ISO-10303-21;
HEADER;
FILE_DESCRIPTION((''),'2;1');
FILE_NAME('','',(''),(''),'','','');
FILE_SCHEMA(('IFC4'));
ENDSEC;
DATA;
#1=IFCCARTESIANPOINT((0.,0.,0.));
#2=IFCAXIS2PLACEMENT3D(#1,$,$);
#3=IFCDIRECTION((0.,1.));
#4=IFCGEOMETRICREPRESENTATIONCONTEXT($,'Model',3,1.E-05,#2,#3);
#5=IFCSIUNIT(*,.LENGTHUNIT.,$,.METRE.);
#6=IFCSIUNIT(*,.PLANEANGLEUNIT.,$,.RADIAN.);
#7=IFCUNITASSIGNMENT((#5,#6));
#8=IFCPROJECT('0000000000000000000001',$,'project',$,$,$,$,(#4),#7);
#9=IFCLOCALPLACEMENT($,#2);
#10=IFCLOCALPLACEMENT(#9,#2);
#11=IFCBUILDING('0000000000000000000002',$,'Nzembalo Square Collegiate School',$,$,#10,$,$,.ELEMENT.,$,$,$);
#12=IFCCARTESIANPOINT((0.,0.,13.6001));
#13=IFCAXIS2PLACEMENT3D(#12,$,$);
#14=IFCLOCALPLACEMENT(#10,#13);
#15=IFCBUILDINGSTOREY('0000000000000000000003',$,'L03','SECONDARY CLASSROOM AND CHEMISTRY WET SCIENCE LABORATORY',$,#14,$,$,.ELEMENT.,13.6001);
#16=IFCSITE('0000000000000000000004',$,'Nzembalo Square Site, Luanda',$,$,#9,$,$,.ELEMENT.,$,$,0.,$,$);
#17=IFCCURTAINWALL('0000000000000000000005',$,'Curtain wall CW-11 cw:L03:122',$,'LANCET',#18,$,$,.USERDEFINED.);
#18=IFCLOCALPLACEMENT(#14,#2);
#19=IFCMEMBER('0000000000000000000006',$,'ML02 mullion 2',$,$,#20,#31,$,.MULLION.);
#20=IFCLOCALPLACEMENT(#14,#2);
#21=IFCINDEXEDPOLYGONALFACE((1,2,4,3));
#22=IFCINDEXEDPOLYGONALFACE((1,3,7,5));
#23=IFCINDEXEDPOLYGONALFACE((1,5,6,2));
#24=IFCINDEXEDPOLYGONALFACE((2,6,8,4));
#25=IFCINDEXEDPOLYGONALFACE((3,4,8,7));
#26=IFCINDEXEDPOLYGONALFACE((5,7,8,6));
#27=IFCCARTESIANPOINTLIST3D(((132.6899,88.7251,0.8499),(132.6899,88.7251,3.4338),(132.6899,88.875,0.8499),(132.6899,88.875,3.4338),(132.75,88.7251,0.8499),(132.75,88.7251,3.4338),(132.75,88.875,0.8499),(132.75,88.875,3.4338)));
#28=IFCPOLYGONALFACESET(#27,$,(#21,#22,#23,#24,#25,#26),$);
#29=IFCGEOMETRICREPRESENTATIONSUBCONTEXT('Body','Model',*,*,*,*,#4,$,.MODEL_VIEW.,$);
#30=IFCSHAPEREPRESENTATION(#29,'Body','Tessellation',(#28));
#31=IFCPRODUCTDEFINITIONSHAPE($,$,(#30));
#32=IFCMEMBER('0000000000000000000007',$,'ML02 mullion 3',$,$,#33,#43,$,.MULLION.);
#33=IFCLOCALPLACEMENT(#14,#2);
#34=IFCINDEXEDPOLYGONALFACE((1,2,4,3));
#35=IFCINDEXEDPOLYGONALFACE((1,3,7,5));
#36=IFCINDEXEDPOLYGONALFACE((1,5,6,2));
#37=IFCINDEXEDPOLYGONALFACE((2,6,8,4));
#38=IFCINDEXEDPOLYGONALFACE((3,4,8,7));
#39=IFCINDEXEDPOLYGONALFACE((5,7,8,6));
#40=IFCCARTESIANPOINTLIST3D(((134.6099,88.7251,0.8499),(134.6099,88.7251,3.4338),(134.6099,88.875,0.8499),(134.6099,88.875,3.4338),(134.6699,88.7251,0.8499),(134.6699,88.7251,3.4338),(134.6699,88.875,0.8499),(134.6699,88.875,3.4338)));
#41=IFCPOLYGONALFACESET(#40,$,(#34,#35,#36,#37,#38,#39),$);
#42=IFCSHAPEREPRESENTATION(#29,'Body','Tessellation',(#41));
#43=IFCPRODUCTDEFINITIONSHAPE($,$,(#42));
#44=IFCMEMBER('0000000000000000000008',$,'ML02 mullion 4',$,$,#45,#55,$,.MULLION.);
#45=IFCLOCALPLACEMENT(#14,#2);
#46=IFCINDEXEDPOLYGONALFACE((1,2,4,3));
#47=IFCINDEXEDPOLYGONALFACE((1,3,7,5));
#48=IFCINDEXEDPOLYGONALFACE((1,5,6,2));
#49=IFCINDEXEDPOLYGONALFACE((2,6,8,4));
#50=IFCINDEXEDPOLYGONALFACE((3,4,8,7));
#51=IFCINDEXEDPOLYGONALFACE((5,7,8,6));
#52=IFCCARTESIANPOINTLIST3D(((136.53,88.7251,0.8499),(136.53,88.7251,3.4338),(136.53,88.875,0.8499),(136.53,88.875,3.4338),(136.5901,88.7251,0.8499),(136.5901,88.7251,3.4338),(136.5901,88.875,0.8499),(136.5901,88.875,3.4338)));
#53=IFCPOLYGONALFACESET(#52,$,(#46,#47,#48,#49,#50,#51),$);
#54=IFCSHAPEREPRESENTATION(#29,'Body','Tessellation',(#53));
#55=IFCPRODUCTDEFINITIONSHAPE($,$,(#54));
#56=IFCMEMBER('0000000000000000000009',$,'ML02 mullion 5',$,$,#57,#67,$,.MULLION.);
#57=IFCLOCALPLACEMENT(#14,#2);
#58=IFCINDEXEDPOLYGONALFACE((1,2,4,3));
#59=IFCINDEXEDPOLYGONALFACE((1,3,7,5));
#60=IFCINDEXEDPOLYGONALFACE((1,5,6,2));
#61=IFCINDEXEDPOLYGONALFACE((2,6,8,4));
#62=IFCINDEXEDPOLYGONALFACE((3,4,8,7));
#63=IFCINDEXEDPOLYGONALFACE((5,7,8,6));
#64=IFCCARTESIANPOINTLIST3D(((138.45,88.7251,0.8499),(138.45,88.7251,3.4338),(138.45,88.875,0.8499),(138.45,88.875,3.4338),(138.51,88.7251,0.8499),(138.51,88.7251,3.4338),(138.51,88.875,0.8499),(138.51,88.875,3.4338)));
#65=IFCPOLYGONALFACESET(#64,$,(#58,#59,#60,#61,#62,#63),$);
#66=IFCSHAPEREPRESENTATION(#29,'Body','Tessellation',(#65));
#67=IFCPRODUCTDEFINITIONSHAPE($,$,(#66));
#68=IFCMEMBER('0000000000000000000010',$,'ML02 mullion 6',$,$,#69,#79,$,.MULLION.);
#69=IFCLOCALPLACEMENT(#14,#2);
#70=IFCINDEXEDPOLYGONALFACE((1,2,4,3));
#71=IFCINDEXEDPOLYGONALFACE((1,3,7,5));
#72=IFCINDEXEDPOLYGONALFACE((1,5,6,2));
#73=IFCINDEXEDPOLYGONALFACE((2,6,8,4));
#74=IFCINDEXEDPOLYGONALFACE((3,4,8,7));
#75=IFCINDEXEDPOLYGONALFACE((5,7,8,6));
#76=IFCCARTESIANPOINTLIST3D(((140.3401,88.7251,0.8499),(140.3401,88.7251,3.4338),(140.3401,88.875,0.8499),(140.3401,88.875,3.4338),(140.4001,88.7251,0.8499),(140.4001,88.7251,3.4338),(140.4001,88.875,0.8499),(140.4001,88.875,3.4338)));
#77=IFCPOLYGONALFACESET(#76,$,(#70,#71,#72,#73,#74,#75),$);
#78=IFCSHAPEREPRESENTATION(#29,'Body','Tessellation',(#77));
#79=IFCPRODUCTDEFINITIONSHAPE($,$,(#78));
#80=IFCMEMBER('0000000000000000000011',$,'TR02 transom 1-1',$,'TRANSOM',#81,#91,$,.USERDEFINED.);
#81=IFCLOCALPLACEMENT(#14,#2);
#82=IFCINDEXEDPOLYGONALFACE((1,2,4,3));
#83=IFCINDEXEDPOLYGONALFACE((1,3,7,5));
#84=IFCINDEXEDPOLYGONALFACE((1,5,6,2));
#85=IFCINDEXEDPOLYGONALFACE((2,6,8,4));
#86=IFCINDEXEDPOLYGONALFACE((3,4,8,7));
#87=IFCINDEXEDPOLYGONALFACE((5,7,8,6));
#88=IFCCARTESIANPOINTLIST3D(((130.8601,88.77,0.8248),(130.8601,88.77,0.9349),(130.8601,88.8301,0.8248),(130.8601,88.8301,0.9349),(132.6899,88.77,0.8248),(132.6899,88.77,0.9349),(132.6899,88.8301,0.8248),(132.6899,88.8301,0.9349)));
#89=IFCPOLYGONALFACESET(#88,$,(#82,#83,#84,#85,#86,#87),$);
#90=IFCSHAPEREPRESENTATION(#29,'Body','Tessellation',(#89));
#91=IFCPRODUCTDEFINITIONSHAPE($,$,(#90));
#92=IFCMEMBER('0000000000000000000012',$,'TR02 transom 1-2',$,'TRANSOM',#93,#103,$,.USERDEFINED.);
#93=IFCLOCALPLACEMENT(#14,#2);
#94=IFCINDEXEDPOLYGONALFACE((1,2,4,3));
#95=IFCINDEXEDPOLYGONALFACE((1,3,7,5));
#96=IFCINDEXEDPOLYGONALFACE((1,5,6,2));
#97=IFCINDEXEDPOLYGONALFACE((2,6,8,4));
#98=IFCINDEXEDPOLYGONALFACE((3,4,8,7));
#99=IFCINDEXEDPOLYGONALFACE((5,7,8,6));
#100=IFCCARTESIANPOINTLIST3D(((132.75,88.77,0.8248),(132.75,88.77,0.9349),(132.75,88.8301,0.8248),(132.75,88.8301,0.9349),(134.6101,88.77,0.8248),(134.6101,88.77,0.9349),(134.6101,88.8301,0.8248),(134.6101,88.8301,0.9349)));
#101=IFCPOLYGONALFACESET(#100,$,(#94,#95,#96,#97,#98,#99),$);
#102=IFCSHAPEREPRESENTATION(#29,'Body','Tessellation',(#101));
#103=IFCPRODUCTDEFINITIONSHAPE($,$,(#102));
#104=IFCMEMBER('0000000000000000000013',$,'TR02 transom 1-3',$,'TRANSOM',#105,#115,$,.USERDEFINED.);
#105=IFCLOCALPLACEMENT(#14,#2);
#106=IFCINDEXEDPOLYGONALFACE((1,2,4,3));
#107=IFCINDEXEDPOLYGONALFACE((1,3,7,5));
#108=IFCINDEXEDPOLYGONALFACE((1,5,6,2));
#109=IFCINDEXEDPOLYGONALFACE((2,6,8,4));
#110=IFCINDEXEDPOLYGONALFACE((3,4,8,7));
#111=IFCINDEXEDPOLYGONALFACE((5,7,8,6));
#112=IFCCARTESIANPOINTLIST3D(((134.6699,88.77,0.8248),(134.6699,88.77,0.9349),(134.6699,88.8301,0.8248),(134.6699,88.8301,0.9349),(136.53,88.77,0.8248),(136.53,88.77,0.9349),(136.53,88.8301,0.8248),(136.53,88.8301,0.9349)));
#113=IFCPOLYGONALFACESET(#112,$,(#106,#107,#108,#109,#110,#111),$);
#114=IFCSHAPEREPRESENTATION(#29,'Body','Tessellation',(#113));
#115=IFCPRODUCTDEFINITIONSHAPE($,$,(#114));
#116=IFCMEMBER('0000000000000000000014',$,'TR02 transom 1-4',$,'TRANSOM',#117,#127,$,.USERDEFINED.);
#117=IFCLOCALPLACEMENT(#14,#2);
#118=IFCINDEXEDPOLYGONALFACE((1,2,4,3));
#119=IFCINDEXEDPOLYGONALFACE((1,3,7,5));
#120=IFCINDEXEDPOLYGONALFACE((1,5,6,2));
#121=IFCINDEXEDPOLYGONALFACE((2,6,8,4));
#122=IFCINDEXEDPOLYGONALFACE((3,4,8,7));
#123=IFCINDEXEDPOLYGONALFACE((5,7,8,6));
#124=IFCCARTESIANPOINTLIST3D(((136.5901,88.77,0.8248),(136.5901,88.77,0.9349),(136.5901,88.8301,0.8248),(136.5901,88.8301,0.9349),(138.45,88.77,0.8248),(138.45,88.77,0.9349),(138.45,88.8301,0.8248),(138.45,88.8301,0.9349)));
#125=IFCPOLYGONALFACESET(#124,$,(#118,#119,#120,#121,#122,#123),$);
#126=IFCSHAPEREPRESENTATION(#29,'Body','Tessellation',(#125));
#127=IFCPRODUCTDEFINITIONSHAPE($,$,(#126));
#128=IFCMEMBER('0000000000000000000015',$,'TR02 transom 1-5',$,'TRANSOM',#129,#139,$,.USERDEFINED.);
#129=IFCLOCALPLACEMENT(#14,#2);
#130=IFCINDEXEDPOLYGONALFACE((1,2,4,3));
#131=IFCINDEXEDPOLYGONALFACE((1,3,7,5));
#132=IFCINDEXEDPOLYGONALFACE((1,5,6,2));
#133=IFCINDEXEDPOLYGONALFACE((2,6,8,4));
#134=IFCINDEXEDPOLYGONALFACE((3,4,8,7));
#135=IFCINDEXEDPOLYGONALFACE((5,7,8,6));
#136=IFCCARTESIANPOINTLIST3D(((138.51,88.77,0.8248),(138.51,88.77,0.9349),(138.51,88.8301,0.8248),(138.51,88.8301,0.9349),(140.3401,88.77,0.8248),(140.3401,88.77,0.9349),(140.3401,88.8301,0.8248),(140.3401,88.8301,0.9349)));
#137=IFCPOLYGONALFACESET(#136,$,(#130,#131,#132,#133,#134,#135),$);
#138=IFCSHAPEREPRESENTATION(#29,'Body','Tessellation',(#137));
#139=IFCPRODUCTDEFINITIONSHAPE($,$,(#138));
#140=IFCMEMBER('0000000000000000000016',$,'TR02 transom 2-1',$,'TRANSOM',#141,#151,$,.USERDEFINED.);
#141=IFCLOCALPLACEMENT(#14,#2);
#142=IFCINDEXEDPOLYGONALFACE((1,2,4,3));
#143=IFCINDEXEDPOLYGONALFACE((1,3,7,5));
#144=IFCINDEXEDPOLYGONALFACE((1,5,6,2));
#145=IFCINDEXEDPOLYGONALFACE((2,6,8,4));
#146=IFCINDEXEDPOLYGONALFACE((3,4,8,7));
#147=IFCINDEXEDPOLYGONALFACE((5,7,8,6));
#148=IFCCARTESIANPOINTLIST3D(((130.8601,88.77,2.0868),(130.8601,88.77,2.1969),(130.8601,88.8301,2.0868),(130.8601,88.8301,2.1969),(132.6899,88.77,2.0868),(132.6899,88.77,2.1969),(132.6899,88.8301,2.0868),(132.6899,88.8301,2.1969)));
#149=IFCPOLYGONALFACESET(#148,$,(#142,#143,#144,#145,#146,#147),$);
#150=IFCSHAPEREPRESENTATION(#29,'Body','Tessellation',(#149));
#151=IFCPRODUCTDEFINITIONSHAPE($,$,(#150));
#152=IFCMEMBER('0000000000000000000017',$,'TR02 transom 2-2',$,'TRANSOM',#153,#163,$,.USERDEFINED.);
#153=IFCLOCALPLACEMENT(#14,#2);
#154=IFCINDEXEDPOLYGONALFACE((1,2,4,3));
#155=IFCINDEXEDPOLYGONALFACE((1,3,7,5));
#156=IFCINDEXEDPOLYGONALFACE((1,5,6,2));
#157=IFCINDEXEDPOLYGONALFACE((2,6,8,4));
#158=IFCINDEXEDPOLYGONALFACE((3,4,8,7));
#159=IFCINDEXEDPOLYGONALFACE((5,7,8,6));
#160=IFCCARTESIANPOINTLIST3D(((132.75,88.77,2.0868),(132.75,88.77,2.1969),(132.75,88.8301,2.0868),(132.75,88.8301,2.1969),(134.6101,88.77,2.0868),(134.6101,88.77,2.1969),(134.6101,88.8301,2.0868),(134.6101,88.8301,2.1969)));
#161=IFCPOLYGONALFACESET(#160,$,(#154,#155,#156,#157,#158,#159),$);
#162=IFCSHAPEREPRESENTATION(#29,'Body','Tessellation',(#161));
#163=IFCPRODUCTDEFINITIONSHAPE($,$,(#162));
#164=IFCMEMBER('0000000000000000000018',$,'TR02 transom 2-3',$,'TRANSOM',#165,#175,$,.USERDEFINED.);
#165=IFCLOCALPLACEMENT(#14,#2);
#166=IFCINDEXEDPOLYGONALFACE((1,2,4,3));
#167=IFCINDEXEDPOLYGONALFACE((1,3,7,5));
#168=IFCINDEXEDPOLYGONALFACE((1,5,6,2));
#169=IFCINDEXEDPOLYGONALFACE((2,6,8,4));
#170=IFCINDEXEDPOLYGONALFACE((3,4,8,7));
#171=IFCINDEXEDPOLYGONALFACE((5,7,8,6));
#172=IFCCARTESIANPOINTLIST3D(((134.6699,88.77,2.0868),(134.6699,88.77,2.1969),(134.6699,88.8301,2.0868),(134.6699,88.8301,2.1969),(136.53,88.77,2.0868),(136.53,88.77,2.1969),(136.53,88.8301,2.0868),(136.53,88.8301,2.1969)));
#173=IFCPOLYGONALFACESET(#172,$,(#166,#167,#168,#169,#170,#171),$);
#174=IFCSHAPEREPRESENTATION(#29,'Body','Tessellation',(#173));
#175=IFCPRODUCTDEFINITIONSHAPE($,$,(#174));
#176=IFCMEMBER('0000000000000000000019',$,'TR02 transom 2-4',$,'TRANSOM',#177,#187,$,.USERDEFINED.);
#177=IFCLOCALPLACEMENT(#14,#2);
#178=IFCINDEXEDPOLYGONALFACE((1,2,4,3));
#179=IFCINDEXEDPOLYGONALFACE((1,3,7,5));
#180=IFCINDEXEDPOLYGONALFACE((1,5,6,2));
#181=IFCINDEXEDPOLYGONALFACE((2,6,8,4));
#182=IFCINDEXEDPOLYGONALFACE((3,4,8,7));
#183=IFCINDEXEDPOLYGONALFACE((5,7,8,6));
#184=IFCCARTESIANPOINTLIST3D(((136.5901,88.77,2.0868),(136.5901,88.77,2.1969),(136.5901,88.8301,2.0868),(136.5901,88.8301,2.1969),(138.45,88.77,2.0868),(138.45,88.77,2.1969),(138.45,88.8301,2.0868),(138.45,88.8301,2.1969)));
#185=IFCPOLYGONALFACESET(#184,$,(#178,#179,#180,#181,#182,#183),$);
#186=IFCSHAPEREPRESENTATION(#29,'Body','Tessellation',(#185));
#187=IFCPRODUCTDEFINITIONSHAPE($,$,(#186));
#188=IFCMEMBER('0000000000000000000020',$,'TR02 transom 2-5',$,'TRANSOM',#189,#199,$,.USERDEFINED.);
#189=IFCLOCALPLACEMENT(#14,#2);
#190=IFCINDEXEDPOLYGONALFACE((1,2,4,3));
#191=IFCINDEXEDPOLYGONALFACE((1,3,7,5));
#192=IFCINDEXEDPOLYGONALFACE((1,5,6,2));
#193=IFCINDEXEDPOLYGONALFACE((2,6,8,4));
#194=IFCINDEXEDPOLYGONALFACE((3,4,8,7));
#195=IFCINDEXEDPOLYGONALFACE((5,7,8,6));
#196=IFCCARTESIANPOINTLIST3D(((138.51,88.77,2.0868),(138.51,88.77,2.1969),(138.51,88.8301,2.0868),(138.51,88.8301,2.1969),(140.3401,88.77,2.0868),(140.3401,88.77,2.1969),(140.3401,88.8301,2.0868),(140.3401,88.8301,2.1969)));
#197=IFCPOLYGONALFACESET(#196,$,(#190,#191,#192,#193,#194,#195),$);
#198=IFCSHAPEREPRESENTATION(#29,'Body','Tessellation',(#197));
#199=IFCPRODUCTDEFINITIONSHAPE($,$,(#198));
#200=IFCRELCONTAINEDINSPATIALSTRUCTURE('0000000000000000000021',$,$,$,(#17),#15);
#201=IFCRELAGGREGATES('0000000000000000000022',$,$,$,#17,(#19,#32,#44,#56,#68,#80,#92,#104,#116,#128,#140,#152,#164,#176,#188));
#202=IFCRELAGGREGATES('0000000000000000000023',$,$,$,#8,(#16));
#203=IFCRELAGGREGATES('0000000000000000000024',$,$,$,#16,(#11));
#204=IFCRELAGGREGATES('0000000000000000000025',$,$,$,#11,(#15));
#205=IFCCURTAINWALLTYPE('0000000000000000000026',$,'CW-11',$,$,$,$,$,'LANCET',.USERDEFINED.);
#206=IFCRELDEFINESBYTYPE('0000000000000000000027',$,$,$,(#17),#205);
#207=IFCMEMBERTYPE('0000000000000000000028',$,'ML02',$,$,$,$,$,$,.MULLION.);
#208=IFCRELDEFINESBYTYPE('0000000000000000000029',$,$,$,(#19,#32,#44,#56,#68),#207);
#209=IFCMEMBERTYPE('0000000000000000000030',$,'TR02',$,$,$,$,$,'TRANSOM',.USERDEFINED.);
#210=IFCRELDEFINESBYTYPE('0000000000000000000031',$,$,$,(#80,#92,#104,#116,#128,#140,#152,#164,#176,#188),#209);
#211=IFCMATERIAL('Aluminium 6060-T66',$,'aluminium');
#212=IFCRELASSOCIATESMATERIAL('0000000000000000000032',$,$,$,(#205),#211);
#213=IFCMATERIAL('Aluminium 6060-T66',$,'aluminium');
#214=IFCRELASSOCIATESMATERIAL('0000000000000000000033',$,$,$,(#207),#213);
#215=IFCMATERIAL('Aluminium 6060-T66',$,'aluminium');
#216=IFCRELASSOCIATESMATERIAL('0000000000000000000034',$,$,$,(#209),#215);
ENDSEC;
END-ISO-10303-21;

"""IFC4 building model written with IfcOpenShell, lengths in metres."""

from ifc_helpers import new_model, si_unit, direction, frame, origin, origin_2d, place, context, subcontext, project, spatial, rectangle, extrude, material, material_profile, profile_set, type_object, element, aggregate, save


model = new_model("IFC4")

# Units and contexts
model_context = context("Model", 3, precision=1e-05, world=origin(), true_north=direction((0.0, 1.0)))
body_context = subcontext(model_context, "Body", "Model", "MODEL_VIEW")
ifc_project = project(units=[si_unit("LENGTHUNIT", "METRE"), si_unit("PLANEANGLEUNIT", "RADIAN")], contexts=[model_context])

# Site, building, storey
site_placement = place(None, origin())
site = spatial("IfcSite", under=ifc_project, at=site_placement, Name="Nzembalo Square Site, Luanda", CompositionType="ELEMENT", RefElevation=0.0)
building_placement = place(site_placement, origin())
building = spatial("IfcBuilding", under=site, at=building_placement, Name="Nzembalo Square Collegiate School", CompositionType="ELEMENT")
storey_placement = place(building_placement, frame((0.0, 0.0, 13.6001)))
storey = spatial("IfcBuildingStorey", under=building, at=storey_placement, Name="L03", Description="SECONDARY CLASSROOM AND CHEMISTRY WET SCIENCE LABORATORY", CompositionType="ELEMENT", Elevation=13.6001)

# Curtain wall, members
ifc_material_1 = material(Name="Aluminium 6060-T66", Category="aluminium")
curtain_wall_type = type_object("IfcCurtainWallType", Name="CW-11", ElementType="LANCET", PredefinedType="USERDEFINED", material=ifc_material_1)
curtain_wall_placement = place(storey_placement, origin())
curtain_wall = element("IfcCurtainWall", 1, at=curtain_wall_placement, inside=storey, type_object=curtain_wall_type, Name="Curtain wall CW-11 cw:L03:122", ObjectType="LANCET", PredefinedType="USERDEFINED")
ifc_material_2 = material(Name="Aluminium 6060-T66", Category="aluminium")
ifc_material_profile_1 = material_profile(ifc_material_2, rectangle(XDim=0.0601, YDim=0.1499, at=origin_2d()), Name="ALU M60x150")
ifc_profile_set_1 = profile_set([ifc_material_profile_1], Name="Aluminium 6060-T66")
member_type_1 = type_object("IfcMemberType", Name="ML02", PredefinedType="MULLION", material=ifc_profile_set_1)
member_1_placement = place(storey_placement, frame((132.72, 88.8, 0.8499), z_axis=(0.0, 0.0, 1.0), x_axis=(1.0, 0.0, 0.0)))
member_1 = element("IfcMember", 2, at=member_1_placement, type_object=member_type_1, Name="ML02 mullion 2", PredefinedType="MULLION", context=body_context, shape_type="SweptSolid", body=[
    extrude(rectangle(XDim=0.0601, YDim=0.1499, at=origin_2d()), origin(), (0.0, 0.0, 1.0), 2.584),
])
member_2_placement = place(storey_placement, frame((134.6399, 88.8, 0.8499), z_axis=(0.0, 0.0, 1.0), x_axis=(1.0, 0.0, 0.0)))
member_2 = element("IfcMember", 3, at=member_2_placement, type_object=member_type_1, Name="ML02 mullion 3", PredefinedType="MULLION", context=body_context, shape_type="SweptSolid", body=[
    extrude(rectangle(XDim=0.0601, YDim=0.1499, at=origin_2d()), origin(), (0.0, 0.0, 1.0), 2.584),
])
member_3_placement = place(storey_placement, frame((136.5601, 88.8, 0.8499), z_axis=(0.0, 0.0, 1.0), x_axis=(1.0, 0.0, 0.0)))
member_3 = element("IfcMember", 4, at=member_3_placement, type_object=member_type_1, Name="ML02 mullion 4", PredefinedType="MULLION", context=body_context, shape_type="SweptSolid", body=[
    extrude(rectangle(XDim=0.0601, YDim=0.1499, at=origin_2d()), origin(), (0.0, 0.0, 1.0), 2.584),
])
member_4_placement = place(storey_placement, frame((138.48, 88.8, 0.8499), z_axis=(0.0, 0.0, 1.0), x_axis=(1.0, 0.0, 0.0)))
member_4 = element("IfcMember", 5, at=member_4_placement, type_object=member_type_1, Name="ML02 mullion 5", PredefinedType="MULLION", context=body_context, shape_type="SweptSolid", body=[
    extrude(rectangle(XDim=0.0601, YDim=0.1499, at=origin_2d()), origin(), (0.0, 0.0, 1.0), 2.584),
])
member_5_placement = place(storey_placement, frame((140.3701, 88.8, 0.8499), z_axis=(0.0, 0.0, 1.0), x_axis=(1.0, 0.0, 0.0)))
member_5 = element("IfcMember", 6, at=member_5_placement, type_object=member_type_1, Name="ML02 mullion 6", PredefinedType="MULLION", context=body_context, shape_type="SweptSolid", body=[
    extrude(rectangle(XDim=0.0601, YDim=0.1499, at=origin_2d()), origin(), (0.0, 0.0, 1.0), 2.584),
])
ifc_material_3 = material(Name="Aluminium 6060-T66", Category="aluminium")
ifc_material_profile_2 = material_profile(ifc_material_3, rectangle(XDim=0.0601, YDim=0.1101, at=origin_2d()), Name="ALU T60x110")
ifc_profile_set_2 = profile_set([ifc_material_profile_2], Name="Aluminium 6060-T66")
member_type_2 = type_object("IfcMemberType", Name="TR02", ElementType="TRANSOM", PredefinedType="USERDEFINED", material=ifc_profile_set_2)
member_6_placement = place(storey_placement, frame((130.8601, 88.8, 0.8799), z_axis=(1.0, 0.0, 0.0), x_axis=(0.0, 1.0, 0.0)))
member_6 = element("IfcMember", 7, at=member_6_placement, type_object=member_type_2, Name="TR02 transom 1-1", ObjectType="TRANSOM", PredefinedType="USERDEFINED", context=body_context, shape_type="SweptSolid", body=[
    extrude(rectangle(XDim=0.0601, YDim=0.1101, at=origin_2d()), origin(), (0.0, 0.0, 1.0), 1.8298),
])
member_7_placement = place(storey_placement, frame((132.75, 88.8, 0.8799), z_axis=(1.0, 0.0, 0.0), x_axis=(0.0, 1.0, 0.0)))
member_7 = element("IfcMember", 8, at=member_7_placement, type_object=member_type_2, Name="TR02 transom 1-2", ObjectType="TRANSOM", PredefinedType="USERDEFINED", context=body_context, shape_type="SweptSolid", body=[
    extrude(rectangle(XDim=0.0601, YDim=0.1101, at=origin_2d()), origin(), (0.0, 0.0, 1.0), 1.8601),
])
member_8_placement = place(storey_placement, frame((134.6699, 88.8, 0.8799), z_axis=(1.0, 0.0, 0.0), x_axis=(0.0, 1.0, 0.0)))
member_8 = element("IfcMember", 9, at=member_8_placement, type_object=member_type_2, Name="TR02 transom 1-3", ObjectType="TRANSOM", PredefinedType="USERDEFINED", context=body_context, shape_type="SweptSolid", body=[
    extrude(rectangle(XDim=0.0601, YDim=0.1101, at=origin_2d()), origin(), (0.0, 0.0, 1.0), 1.8601),
])
member_9_placement = place(storey_placement, frame((136.5901, 88.8, 0.8799), z_axis=(1.0, 0.0, 0.0), x_axis=(0.0, 1.0, 0.0)))
member_9 = element("IfcMember", 10, at=member_9_placement, type_object=member_type_2, Name="TR02 transom 1-4", ObjectType="TRANSOM", PredefinedType="USERDEFINED", context=body_context, shape_type="SweptSolid", body=[
    extrude(rectangle(XDim=0.0601, YDim=0.1101, at=origin_2d()), origin(), (0.0, 0.0, 1.0), 1.8599),
])
member_10_placement = place(storey_placement, frame((138.51, 88.8, 0.8799), z_axis=(1.0, 0.0, 0.0), x_axis=(0.0, 1.0, 0.0)))
member_10 = element("IfcMember", 11, at=member_10_placement, type_object=member_type_2, Name="TR02 transom 1-5", ObjectType="TRANSOM", PredefinedType="USERDEFINED", context=body_context, shape_type="SweptSolid", body=[
    extrude(rectangle(XDim=0.0601, YDim=0.1101, at=origin_2d()), origin(), (0.0, 0.0, 1.0), 1.8301),
])
member_11_placement = place(storey_placement, frame((130.8601, 88.8, 2.1418), z_axis=(1.0, 0.0, 0.0), x_axis=(0.0, 1.0, 0.0)))
member_11 = element("IfcMember", 12, at=member_11_placement, type_object=member_type_2, Name="TR02 transom 2-1", ObjectType="TRANSOM", PredefinedType="USERDEFINED", context=body_context, shape_type="SweptSolid", body=[
    extrude(rectangle(XDim=0.0601, YDim=0.1101, at=origin_2d()), origin(), (0.0, 0.0, 1.0), 1.8298),
])
member_12_placement = place(storey_placement, frame((132.75, 88.8, 2.1418), z_axis=(1.0, 0.0, 0.0), x_axis=(0.0, 1.0, 0.0)))
member_12 = element("IfcMember", 13, at=member_12_placement, type_object=member_type_2, Name="TR02 transom 2-2", ObjectType="TRANSOM", PredefinedType="USERDEFINED", context=body_context, shape_type="SweptSolid", body=[
    extrude(rectangle(XDim=0.0601, YDim=0.1101, at=origin_2d()), origin(), (0.0, 0.0, 1.0), 1.8601),
])
member_13_placement = place(storey_placement, frame((134.6699, 88.8, 2.1418), z_axis=(1.0, 0.0, 0.0), x_axis=(0.0, 1.0, 0.0)))
member_13 = element("IfcMember", 14, at=member_13_placement, type_object=member_type_2, Name="TR02 transom 2-3", ObjectType="TRANSOM", PredefinedType="USERDEFINED", context=body_context, shape_type="SweptSolid", body=[
    extrude(rectangle(XDim=0.0601, YDim=0.1101, at=origin_2d()), origin(), (0.0, 0.0, 1.0), 1.8601),
])
member_14_placement = place(storey_placement, frame((136.5901, 88.8, 2.1418), z_axis=(1.0, 0.0, 0.0), x_axis=(0.0, 1.0, 0.0)))
member_14 = element("IfcMember", 15, at=member_14_placement, type_object=member_type_2, Name="TR02 transom 2-4", ObjectType="TRANSOM", PredefinedType="USERDEFINED", context=body_context, shape_type="SweptSolid", body=[
    extrude(rectangle(XDim=0.0601, YDim=0.1101, at=origin_2d()), origin(), (0.0, 0.0, 1.0), 1.8599),
])
member_15_placement = place(storey_placement, frame((138.51, 88.8, 2.1418), z_axis=(1.0, 0.0, 0.0), x_axis=(0.0, 1.0, 0.0)))
member_15 = element("IfcMember", 16, at=member_15_placement, type_object=member_type_2, Name="TR02 transom 2-5", ObjectType="TRANSOM", PredefinedType="USERDEFINED", context=body_context, shape_type="SweptSolid", body=[
    extrude(rectangle(XDim=0.0601, YDim=0.1101, at=origin_2d()), origin(), (0.0, 0.0, 1.0), 1.8301),
])
aggregate(curtain_wall, [member_1, member_2, member_3, member_4, member_5, member_6, member_7, member_8, member_9, member_10, member_11, member_12, member_13, member_14, member_15])

save(model, "model.ifc")
